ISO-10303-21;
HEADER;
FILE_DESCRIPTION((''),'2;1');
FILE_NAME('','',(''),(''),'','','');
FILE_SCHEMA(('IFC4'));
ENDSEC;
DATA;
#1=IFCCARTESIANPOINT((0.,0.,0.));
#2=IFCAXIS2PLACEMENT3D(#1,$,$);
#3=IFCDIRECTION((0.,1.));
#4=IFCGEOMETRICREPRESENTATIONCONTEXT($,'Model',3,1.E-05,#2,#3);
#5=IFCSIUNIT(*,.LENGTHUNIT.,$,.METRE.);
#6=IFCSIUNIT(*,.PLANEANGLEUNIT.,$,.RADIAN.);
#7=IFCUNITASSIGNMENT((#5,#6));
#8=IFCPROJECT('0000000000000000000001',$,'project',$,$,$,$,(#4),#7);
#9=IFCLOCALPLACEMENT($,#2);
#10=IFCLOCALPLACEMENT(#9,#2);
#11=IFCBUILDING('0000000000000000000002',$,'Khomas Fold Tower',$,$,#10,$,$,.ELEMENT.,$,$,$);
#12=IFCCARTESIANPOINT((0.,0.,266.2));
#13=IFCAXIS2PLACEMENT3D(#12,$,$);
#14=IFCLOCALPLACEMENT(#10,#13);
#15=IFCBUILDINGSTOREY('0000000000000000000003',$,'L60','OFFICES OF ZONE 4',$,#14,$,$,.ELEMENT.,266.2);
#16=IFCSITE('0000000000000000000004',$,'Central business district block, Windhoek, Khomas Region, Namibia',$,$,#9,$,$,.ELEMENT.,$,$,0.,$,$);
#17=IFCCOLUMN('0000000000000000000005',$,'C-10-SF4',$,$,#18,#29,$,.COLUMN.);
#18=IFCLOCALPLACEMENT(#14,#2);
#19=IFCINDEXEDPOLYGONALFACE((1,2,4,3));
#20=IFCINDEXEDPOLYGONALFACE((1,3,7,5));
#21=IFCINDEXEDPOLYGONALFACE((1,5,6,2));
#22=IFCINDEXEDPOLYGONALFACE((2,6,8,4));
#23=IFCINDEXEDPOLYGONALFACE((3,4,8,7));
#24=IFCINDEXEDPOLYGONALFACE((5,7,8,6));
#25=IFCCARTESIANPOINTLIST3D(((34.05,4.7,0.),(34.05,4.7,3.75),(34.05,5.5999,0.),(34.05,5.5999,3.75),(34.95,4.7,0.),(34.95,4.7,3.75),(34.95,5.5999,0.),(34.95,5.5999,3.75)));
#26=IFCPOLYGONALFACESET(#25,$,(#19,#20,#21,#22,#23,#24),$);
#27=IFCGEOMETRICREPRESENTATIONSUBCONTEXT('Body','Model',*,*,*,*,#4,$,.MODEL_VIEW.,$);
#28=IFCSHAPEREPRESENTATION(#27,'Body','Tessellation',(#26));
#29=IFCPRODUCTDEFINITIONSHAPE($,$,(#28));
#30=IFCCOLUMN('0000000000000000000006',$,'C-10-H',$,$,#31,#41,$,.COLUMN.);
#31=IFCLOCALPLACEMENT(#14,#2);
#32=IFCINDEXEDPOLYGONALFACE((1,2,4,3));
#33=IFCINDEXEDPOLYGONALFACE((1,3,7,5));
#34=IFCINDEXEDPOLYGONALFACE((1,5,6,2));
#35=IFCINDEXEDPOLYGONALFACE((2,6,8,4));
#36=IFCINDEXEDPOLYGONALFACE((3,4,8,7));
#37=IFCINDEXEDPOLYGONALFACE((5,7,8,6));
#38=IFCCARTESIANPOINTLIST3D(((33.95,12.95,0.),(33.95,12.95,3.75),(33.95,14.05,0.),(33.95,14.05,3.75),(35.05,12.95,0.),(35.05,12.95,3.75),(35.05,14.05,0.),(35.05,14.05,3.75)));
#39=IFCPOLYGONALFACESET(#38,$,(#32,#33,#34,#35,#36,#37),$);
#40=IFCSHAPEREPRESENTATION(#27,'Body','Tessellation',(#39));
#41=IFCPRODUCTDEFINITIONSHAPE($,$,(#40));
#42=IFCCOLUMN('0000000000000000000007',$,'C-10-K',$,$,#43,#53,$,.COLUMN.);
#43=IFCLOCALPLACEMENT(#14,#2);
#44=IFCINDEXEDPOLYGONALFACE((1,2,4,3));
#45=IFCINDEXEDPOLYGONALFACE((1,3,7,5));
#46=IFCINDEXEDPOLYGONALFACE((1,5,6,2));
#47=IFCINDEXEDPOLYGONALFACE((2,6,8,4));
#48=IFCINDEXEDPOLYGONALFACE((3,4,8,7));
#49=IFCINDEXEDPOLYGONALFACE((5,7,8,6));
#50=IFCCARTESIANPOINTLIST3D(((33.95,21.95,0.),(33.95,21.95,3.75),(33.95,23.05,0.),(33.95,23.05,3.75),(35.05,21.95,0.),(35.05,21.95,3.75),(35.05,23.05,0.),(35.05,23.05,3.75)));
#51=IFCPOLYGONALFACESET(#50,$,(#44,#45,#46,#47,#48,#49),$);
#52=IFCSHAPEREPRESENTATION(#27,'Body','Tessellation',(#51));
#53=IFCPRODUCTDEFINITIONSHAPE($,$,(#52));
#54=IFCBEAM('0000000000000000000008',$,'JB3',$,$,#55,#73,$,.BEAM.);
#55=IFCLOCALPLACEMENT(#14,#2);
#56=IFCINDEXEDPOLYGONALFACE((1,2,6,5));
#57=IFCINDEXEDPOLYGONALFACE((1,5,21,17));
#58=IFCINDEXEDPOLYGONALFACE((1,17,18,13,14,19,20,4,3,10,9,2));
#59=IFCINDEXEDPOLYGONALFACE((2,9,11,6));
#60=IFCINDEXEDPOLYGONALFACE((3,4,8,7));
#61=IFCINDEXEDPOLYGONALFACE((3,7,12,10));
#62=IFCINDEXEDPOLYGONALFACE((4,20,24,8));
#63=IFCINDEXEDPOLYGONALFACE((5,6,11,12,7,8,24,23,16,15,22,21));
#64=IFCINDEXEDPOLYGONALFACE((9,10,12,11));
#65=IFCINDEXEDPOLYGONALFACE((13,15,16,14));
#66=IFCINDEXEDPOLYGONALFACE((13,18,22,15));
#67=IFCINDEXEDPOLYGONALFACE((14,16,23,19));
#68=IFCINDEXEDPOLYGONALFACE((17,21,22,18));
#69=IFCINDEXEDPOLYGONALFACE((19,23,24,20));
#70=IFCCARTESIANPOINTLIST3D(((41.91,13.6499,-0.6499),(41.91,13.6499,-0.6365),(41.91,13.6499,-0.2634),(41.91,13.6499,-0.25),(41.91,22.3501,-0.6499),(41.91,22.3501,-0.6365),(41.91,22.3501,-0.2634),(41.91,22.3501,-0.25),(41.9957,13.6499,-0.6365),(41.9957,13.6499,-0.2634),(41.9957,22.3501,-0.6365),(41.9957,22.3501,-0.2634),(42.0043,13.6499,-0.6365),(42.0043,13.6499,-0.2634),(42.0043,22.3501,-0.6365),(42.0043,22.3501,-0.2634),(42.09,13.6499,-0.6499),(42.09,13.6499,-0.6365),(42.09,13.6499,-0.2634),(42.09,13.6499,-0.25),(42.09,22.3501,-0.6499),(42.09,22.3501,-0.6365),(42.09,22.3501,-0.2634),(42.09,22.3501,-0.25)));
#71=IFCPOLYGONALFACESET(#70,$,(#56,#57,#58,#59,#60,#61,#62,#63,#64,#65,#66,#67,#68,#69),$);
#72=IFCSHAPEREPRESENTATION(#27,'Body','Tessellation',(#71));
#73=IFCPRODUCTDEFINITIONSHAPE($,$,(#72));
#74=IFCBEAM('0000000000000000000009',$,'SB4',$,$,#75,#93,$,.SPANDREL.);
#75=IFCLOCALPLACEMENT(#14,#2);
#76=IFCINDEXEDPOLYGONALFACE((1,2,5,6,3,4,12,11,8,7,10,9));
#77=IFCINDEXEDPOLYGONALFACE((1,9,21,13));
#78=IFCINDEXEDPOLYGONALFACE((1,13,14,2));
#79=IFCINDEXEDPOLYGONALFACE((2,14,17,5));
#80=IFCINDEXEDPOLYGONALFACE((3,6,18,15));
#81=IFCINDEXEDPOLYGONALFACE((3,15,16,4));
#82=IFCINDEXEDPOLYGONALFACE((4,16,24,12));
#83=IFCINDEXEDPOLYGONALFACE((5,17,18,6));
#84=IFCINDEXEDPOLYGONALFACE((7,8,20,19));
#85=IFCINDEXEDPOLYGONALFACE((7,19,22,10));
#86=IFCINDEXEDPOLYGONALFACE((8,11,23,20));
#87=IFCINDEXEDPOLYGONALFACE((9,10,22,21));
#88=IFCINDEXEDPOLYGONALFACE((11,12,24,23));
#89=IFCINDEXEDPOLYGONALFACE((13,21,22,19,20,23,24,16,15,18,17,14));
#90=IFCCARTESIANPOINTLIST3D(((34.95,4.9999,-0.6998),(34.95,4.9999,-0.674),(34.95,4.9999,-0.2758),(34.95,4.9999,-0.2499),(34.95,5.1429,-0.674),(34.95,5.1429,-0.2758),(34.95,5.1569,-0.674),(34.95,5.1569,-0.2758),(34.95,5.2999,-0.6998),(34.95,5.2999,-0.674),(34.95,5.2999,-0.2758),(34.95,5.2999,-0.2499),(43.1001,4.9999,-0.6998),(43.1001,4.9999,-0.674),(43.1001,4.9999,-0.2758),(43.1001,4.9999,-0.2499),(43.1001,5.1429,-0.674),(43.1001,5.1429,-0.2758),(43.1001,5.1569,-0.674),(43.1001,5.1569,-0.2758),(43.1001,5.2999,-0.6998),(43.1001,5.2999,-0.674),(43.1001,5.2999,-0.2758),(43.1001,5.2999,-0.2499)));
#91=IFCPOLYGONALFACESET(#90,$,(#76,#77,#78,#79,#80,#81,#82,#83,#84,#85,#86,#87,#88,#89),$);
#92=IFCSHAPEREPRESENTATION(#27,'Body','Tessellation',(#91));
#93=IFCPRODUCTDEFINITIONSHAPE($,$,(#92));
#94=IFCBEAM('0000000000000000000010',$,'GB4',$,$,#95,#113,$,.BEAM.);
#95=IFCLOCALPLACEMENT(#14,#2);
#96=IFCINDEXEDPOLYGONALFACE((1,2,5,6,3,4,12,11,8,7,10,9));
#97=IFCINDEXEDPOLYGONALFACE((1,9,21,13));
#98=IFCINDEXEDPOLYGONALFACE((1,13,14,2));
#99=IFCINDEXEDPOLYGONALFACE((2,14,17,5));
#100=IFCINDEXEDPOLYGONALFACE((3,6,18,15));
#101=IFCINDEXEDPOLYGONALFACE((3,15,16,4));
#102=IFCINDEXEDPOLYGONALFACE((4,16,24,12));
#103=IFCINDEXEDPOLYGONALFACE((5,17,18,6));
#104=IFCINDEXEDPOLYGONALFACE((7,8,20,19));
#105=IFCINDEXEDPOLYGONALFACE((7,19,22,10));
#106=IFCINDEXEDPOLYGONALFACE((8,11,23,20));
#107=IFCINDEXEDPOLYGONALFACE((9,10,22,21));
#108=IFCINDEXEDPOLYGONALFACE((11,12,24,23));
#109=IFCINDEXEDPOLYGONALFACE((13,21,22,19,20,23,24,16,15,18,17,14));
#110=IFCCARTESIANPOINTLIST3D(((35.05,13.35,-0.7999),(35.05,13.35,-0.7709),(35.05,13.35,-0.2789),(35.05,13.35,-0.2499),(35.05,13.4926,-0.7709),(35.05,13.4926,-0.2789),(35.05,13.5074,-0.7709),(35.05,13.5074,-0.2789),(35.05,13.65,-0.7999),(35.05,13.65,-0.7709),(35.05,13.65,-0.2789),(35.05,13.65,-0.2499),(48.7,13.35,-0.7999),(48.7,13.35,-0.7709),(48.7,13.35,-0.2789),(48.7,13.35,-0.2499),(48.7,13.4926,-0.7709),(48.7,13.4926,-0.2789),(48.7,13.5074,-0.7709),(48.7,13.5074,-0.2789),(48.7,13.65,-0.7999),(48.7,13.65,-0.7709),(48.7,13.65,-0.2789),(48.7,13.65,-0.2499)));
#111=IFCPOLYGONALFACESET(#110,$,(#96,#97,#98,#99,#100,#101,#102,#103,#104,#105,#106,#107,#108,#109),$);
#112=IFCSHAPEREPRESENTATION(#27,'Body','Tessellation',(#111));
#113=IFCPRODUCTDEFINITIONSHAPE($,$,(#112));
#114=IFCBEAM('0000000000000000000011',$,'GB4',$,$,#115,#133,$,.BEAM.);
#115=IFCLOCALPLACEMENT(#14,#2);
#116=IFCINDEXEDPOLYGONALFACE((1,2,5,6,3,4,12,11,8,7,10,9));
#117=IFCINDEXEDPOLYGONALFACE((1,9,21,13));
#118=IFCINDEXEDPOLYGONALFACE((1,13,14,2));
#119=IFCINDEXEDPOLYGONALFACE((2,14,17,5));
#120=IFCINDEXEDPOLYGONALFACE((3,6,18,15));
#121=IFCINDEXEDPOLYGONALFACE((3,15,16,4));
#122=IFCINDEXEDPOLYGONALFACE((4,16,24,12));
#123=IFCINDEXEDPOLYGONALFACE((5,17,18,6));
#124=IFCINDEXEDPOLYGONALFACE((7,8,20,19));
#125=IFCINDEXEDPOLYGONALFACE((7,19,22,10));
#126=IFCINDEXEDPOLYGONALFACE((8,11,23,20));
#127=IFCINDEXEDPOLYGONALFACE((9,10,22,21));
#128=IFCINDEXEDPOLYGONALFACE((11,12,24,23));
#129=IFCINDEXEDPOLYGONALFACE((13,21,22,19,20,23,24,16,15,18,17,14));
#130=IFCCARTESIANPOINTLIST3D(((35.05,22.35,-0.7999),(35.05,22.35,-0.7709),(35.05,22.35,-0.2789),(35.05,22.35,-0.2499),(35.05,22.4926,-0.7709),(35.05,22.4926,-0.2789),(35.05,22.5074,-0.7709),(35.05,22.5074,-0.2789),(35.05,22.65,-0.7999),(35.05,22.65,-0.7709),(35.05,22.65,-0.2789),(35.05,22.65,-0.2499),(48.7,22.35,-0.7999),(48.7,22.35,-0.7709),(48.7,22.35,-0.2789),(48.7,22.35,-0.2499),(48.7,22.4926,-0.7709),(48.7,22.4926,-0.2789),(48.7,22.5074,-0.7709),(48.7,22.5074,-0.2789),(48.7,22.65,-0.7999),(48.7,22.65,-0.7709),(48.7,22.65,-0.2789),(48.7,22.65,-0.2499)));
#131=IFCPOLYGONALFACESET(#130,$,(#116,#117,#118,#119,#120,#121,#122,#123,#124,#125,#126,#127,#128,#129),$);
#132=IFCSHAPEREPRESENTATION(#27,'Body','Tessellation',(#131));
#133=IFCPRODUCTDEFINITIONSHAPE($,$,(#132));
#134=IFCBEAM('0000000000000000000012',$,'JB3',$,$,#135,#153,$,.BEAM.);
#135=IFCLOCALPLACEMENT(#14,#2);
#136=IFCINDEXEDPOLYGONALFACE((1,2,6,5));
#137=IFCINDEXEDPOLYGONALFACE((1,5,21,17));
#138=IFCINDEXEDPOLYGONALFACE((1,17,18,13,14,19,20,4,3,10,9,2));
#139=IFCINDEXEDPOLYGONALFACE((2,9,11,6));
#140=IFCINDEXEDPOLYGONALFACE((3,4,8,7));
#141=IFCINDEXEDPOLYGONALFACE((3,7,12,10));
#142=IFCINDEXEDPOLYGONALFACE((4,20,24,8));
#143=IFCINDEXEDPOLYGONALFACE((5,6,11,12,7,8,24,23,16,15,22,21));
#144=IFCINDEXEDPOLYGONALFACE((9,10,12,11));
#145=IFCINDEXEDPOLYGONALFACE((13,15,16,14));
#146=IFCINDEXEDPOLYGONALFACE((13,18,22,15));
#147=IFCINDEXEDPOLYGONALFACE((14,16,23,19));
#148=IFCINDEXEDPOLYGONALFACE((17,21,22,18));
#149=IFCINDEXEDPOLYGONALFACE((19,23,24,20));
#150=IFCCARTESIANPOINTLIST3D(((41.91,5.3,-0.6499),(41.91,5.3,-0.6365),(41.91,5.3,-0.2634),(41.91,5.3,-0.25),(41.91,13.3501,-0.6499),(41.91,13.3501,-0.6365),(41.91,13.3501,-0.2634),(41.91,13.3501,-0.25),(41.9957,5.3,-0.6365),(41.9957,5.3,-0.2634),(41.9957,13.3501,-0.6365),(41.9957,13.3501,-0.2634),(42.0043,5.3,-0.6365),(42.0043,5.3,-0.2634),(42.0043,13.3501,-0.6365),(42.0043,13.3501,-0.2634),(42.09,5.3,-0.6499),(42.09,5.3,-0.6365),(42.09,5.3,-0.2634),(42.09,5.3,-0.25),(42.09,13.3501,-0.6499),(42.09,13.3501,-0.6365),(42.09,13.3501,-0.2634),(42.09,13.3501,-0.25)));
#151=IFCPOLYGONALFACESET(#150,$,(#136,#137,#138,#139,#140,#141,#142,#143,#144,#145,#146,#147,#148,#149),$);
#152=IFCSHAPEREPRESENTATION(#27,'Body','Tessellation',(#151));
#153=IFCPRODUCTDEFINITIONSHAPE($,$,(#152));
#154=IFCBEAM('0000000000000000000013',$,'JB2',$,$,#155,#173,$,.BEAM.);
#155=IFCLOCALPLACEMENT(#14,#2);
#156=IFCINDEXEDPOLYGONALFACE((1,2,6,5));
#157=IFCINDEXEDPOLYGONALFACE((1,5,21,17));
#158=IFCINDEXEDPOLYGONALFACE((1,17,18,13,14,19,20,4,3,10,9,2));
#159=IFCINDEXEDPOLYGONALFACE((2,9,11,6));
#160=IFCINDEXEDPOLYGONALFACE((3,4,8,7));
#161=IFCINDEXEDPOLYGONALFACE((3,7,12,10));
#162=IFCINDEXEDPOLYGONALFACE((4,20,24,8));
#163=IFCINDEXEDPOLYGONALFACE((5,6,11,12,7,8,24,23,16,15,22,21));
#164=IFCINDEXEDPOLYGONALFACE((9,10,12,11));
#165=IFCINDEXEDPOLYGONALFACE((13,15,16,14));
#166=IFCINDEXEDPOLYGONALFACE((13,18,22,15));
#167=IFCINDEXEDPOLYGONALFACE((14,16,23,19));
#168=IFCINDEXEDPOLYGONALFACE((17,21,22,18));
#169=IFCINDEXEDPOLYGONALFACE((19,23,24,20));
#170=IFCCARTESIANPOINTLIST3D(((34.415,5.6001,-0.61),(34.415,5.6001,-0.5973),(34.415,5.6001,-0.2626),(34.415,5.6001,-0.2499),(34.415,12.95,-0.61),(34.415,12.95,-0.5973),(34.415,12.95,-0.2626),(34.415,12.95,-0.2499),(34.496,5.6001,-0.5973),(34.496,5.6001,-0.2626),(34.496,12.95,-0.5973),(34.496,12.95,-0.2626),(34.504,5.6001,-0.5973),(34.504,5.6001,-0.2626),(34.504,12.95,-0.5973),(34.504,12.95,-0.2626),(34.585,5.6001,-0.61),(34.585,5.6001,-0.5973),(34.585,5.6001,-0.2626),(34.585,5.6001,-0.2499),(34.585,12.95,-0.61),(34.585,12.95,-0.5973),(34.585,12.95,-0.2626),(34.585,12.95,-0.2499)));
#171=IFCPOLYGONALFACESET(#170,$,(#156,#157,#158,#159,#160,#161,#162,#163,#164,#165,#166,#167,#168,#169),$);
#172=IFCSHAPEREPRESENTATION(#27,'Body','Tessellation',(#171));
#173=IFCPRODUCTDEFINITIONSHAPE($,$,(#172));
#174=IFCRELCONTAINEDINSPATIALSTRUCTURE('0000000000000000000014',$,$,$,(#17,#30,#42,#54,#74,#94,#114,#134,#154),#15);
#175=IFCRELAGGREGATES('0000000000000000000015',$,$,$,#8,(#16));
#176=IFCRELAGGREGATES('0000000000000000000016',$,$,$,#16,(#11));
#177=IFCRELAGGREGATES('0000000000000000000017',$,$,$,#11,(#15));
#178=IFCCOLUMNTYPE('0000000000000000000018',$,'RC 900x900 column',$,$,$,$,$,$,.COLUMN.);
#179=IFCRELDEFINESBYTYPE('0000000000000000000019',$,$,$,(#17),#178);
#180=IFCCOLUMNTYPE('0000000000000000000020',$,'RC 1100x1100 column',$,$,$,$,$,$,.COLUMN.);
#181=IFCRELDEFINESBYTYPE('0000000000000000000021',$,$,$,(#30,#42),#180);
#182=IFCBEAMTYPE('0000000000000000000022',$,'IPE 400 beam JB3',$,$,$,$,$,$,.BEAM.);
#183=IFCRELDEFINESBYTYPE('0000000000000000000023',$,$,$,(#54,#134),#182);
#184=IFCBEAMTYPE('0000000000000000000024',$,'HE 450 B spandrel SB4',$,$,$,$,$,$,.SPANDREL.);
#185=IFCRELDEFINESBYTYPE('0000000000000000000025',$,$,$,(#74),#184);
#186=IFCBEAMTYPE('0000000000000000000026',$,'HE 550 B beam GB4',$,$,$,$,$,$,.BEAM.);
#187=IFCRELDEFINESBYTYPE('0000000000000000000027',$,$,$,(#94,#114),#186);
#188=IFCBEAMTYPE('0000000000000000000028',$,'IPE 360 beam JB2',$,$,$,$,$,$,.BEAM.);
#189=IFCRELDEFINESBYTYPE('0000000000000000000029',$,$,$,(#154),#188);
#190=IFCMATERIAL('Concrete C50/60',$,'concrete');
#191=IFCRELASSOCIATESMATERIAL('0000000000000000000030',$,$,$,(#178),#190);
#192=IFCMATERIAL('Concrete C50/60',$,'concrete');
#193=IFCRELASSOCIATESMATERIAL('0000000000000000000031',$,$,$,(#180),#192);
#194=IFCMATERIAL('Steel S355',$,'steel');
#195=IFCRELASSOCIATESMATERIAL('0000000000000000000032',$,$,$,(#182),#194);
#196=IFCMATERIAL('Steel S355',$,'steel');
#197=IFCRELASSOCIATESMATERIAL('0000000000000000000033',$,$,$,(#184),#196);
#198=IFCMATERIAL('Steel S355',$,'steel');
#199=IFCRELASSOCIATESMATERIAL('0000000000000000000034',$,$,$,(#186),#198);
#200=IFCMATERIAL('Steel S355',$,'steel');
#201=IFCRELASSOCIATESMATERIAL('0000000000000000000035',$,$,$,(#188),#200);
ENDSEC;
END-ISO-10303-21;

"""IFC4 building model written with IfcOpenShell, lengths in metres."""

from ifc_helpers import new_model, si_unit, direction, frame, origin, origin_2d, place, context, subcontext, project, spatial, rectangle, i_section, extrude, source, transform, mapped, material, material_profile, profile_set, type_object, element, save


model = new_model("IFC4")

# Units and contexts
model_context = context("Model", 3, precision=1e-05, world=origin(), true_north=direction((0.0, 1.0)))
body_context = subcontext(model_context, "Body", "Model", "MODEL_VIEW")
ifc_project = project(units=[si_unit("LENGTHUNIT", "METRE"), si_unit("PLANEANGLEUNIT", "RADIAN")], contexts=[model_context])

# Site, building, storey
site_placement = place(None, origin())
site = spatial("IfcSite", under=ifc_project, at=site_placement, Name="Central business district block, Windhoek, Khomas Region, Namibia", CompositionType="ELEMENT", RefElevation=0.0)
building_placement = place(site_placement, origin())
building = spatial("IfcBuilding", under=site, at=building_placement, Name="Khomas Fold Tower", CompositionType="ELEMENT")
storey_placement = place(building_placement, frame((0.0, 0.0, 266.2)))
storey = spatial("IfcBuildingStorey", under=building, at=storey_placement, Name="L60", Description="OFFICES OF ZONE 4", CompositionType="ELEMENT", Elevation=266.2)

# Columns
ifc_material_1 = material(Name="Concrete C50/60", Category="concrete")
ifc_material_profile_1 = material_profile(ifc_material_1, rectangle(XDim=0.8999, YDim=0.8999, at=origin_2d()), Name="RC 900x900")
ifc_profile_set_1 = profile_set([ifc_material_profile_1], Name="Concrete C50/60")
column_type_1 = type_object("IfcColumnType", Name="RC 900x900 column", PredefinedType="COLUMN", material=ifc_profile_set_1)
shared_shape_1 = source(origin(), body_context, "Body", "SweptSolid", [
    extrude(rectangle(XDim=0.8999, YDim=0.8999, at=origin_2d()), origin(), (0.0, 0.0, 1.0), 3.75),
])
column_placement = place(storey_placement, frame((34.5, 5.1499, 0.0), z_axis=(0.0, 0.0, 1.0), x_axis=(1.0, 0.0, 0.0)))
element("IfcColumn", 1, at=column_placement, inside=storey, type_object=column_type_1, Name="C-10-SF4", PredefinedType="COLUMN", context=body_context, shape_type="MappedRepresentation", body=[
    mapped(shared_shape_1, transform((0.0, 0.0, 0.0))),
])
ifc_material_2 = material(Name="Concrete C50/60", Category="concrete")
ifc_material_profile_2 = material_profile(ifc_material_2, rectangle(XDim=1.1001, YDim=1.1001, at=origin_2d()), Name="RC 1100x1100")
ifc_profile_set_2 = profile_set([ifc_material_profile_2], Name="Concrete C50/60")
column_type_2 = type_object("IfcColumnType", Name="RC 1100x1100 column", PredefinedType="COLUMN", material=ifc_profile_set_2)
shared_shape_2 = source(origin(), body_context, "Body", "SweptSolid", [
    extrude(rectangle(XDim=1.1001, YDim=1.1001, at=origin_2d()), origin(), (0.0, 0.0, 1.0), 3.75),
])
for number, where, z_axis, x_axis, name in (
    (2, (34.5, 13.5, 0.0), (0.0, 0.0, 1.0), (1.0, 0.0, 0.0), "C-10-H"),
    (3, (34.5, 22.5, 0.0), (0.0, 0.0, 1.0), (1.0, 0.0, 0.0), "C-10-K"),
):
    element("IfcColumn", number, at=place(storey_placement, frame(where, z_axis=z_axis, x_axis=x_axis)), inside=storey, type_object=column_type_2, Name=name, PredefinedType="COLUMN", context=body_context, shape_type="MappedRepresentation", body=[
        mapped(shared_shape_2, transform((0.0, 0.0, 0.0))),
    ])

# Beams
ifc_material_3 = material(Name="Steel S355", Category="steel")
ifc_material_profile_3 = material_profile(ifc_material_3, i_section(OverallWidth=0.1799, OverallDepth=0.3999, WebThickness=0.0085, FlangeThickness=0.0134, at=origin_2d()), Name="IPE 400")
ifc_profile_set_3 = profile_set([ifc_material_profile_3], Name="Steel S355")
beam_type_1 = type_object("IfcBeamType", Name="IPE 400 beam JB3", PredefinedType="BEAM", material=ifc_profile_set_3)
shared_shape_3 = source(origin(), body_context, "Body", "SweptSolid", [
    extrude(i_section(OverallWidth=0.1799, OverallDepth=0.3999, WebThickness=0.0085, FlangeThickness=0.0134, at=origin_2d()), origin(), (0.0, 0.0, 1.0), 8.7002),
])
beam_1_placement = place(storey_placement, frame((42.0, 13.6499, -0.45), z_axis=(0.0, 1.0, 0.0), x_axis=(-1.0, 0.0, 0.0)))
element("IfcBeam", 4, at=beam_1_placement, inside=storey, type_object=beam_type_1, Name="JB3", PredefinedType="BEAM", context=body_context, shape_type="MappedRepresentation", body=[
    mapped(shared_shape_3, transform((0.0, 0.0, 0.0))),
])
ifc_material_4 = material(Name="Steel S355", Category="steel")
ifc_material_profile_4 = material_profile(ifc_material_4, i_section(OverallWidth=0.3, OverallDepth=0.45, WebThickness=0.0139, FlangeThickness=0.0259, at=origin_2d()), Name="HE 450 B")
ifc_profile_set_4 = profile_set([ifc_material_profile_4], Name="Steel S355")
beam_type_2 = type_object("IfcBeamType", Name="HE 450 B spandrel SB4", PredefinedType="SPANDREL", material=ifc_profile_set_4)
shared_shape_4 = source(origin(), body_context, "Body", "SweptSolid", [
    extrude(i_section(OverallWidth=0.3, OverallDepth=0.45, WebThickness=0.0139, FlangeThickness=0.0259, at=origin_2d()), origin(), (0.0, 0.0, 1.0), 8.1501),
])
beam_2_placement = place(storey_placement, frame((34.95, 5.1499, -0.4749), z_axis=(1.0, 0.0, 0.0), x_axis=(0.0, 1.0, 0.0)))
element("IfcBeam", 5, at=beam_2_placement, inside=storey, type_object=beam_type_2, Name="SB4", PredefinedType="SPANDREL", context=body_context, shape_type="MappedRepresentation", body=[
    mapped(shared_shape_4, transform((0.0, 0.0, 0.0))),
])
ifc_material_5 = material(Name="Steel S355", Category="steel")
ifc_material_profile_5 = material_profile(ifc_material_5, i_section(OverallWidth=0.3, OverallDepth=0.55, WebThickness=0.0149, FlangeThickness=0.0291, at=origin_2d()), Name="HE 550 B")
ifc_profile_set_5 = profile_set([ifc_material_profile_5], Name="Steel S355")
beam_type_3 = type_object("IfcBeamType", Name="HE 550 B beam GB4", PredefinedType="BEAM", material=ifc_profile_set_5)
shared_shape_5 = source(origin(), body_context, "Body", "SweptSolid", [
    extrude(i_section(OverallWidth=0.3, OverallDepth=0.55, WebThickness=0.0149, FlangeThickness=0.0291, at=origin_2d()), origin(), (0.0, 0.0, 1.0), 13.6499),
])
for number, where, z_axis, x_axis, name in (
    (6, (35.05, 13.5, -0.5249), (1.0, 0.0, 0.0), (0.0, 1.0, 0.0), "GB4"),
    (7, (35.05, 22.5, -0.5249), (1.0, 0.0, 0.0), (0.0, 1.0, 0.0), "GB4"),
):
    element("IfcBeam", number, at=place(storey_placement, frame(where, z_axis=z_axis, x_axis=x_axis)), inside=storey, type_object=beam_type_3, Name=name, PredefinedType="BEAM", context=body_context, shape_type="MappedRepresentation", body=[
        mapped(shared_shape_5, transform((0.0, 0.0, 0.0))),
    ])
shared_shape_6 = source(origin(), body_context, "Body", "SweptSolid", [
    extrude(i_section(OverallWidth=0.1799, OverallDepth=0.3999, WebThickness=0.0085, FlangeThickness=0.0134, at=origin_2d()), origin(), (0.0, 0.0, 1.0), 8.05),
])
beam_3_placement = place(storey_placement, frame((42.0, 5.3, -0.45), z_axis=(0.0, 1.0, 0.0), x_axis=(-1.0, 0.0, 0.0)))
element("IfcBeam", 8, at=beam_3_placement, inside=storey, type_object=beam_type_1, Name="JB3", PredefinedType="BEAM", context=body_context, shape_type="MappedRepresentation", body=[
    mapped(shared_shape_6, transform((0.0, 0.0, 0.0))),
])
ifc_material_6 = material(Name="Steel S355", Category="steel")
ifc_material_profile_6 = material_profile(ifc_material_6, i_section(OverallWidth=0.1699, OverallDepth=0.3601, WebThickness=0.0081, FlangeThickness=0.0127, at=origin_2d()), Name="IPE 360")
ifc_profile_set_6 = profile_set([ifc_material_profile_6], Name="Steel S355")
beam_type_4 = type_object("IfcBeamType", Name="IPE 360 beam JB2", PredefinedType="BEAM", material=ifc_profile_set_6)
shared_shape_7 = source(origin(), body_context, "Body", "SweptSolid", [
    extrude(i_section(OverallWidth=0.1699, OverallDepth=0.3601, WebThickness=0.0081, FlangeThickness=0.0127, at=origin_2d()), origin(), (0.0, 0.0, 1.0), 7.3499),
])
beam_4_placement = place(storey_placement, frame((34.5, 5.6001, -0.4299), z_axis=(0.0, 1.0, 0.0), x_axis=(-1.0, 0.0, 0.0)))
element("IfcBeam", 9, at=beam_4_placement, inside=storey, type_object=beam_type_4, Name="JB2", PredefinedType="BEAM", context=body_context, shape_type="MappedRepresentation", body=[
    mapped(shared_shape_7, transform((0.0, 0.0, 0.0))),
])

save(model, "model.ifc")
